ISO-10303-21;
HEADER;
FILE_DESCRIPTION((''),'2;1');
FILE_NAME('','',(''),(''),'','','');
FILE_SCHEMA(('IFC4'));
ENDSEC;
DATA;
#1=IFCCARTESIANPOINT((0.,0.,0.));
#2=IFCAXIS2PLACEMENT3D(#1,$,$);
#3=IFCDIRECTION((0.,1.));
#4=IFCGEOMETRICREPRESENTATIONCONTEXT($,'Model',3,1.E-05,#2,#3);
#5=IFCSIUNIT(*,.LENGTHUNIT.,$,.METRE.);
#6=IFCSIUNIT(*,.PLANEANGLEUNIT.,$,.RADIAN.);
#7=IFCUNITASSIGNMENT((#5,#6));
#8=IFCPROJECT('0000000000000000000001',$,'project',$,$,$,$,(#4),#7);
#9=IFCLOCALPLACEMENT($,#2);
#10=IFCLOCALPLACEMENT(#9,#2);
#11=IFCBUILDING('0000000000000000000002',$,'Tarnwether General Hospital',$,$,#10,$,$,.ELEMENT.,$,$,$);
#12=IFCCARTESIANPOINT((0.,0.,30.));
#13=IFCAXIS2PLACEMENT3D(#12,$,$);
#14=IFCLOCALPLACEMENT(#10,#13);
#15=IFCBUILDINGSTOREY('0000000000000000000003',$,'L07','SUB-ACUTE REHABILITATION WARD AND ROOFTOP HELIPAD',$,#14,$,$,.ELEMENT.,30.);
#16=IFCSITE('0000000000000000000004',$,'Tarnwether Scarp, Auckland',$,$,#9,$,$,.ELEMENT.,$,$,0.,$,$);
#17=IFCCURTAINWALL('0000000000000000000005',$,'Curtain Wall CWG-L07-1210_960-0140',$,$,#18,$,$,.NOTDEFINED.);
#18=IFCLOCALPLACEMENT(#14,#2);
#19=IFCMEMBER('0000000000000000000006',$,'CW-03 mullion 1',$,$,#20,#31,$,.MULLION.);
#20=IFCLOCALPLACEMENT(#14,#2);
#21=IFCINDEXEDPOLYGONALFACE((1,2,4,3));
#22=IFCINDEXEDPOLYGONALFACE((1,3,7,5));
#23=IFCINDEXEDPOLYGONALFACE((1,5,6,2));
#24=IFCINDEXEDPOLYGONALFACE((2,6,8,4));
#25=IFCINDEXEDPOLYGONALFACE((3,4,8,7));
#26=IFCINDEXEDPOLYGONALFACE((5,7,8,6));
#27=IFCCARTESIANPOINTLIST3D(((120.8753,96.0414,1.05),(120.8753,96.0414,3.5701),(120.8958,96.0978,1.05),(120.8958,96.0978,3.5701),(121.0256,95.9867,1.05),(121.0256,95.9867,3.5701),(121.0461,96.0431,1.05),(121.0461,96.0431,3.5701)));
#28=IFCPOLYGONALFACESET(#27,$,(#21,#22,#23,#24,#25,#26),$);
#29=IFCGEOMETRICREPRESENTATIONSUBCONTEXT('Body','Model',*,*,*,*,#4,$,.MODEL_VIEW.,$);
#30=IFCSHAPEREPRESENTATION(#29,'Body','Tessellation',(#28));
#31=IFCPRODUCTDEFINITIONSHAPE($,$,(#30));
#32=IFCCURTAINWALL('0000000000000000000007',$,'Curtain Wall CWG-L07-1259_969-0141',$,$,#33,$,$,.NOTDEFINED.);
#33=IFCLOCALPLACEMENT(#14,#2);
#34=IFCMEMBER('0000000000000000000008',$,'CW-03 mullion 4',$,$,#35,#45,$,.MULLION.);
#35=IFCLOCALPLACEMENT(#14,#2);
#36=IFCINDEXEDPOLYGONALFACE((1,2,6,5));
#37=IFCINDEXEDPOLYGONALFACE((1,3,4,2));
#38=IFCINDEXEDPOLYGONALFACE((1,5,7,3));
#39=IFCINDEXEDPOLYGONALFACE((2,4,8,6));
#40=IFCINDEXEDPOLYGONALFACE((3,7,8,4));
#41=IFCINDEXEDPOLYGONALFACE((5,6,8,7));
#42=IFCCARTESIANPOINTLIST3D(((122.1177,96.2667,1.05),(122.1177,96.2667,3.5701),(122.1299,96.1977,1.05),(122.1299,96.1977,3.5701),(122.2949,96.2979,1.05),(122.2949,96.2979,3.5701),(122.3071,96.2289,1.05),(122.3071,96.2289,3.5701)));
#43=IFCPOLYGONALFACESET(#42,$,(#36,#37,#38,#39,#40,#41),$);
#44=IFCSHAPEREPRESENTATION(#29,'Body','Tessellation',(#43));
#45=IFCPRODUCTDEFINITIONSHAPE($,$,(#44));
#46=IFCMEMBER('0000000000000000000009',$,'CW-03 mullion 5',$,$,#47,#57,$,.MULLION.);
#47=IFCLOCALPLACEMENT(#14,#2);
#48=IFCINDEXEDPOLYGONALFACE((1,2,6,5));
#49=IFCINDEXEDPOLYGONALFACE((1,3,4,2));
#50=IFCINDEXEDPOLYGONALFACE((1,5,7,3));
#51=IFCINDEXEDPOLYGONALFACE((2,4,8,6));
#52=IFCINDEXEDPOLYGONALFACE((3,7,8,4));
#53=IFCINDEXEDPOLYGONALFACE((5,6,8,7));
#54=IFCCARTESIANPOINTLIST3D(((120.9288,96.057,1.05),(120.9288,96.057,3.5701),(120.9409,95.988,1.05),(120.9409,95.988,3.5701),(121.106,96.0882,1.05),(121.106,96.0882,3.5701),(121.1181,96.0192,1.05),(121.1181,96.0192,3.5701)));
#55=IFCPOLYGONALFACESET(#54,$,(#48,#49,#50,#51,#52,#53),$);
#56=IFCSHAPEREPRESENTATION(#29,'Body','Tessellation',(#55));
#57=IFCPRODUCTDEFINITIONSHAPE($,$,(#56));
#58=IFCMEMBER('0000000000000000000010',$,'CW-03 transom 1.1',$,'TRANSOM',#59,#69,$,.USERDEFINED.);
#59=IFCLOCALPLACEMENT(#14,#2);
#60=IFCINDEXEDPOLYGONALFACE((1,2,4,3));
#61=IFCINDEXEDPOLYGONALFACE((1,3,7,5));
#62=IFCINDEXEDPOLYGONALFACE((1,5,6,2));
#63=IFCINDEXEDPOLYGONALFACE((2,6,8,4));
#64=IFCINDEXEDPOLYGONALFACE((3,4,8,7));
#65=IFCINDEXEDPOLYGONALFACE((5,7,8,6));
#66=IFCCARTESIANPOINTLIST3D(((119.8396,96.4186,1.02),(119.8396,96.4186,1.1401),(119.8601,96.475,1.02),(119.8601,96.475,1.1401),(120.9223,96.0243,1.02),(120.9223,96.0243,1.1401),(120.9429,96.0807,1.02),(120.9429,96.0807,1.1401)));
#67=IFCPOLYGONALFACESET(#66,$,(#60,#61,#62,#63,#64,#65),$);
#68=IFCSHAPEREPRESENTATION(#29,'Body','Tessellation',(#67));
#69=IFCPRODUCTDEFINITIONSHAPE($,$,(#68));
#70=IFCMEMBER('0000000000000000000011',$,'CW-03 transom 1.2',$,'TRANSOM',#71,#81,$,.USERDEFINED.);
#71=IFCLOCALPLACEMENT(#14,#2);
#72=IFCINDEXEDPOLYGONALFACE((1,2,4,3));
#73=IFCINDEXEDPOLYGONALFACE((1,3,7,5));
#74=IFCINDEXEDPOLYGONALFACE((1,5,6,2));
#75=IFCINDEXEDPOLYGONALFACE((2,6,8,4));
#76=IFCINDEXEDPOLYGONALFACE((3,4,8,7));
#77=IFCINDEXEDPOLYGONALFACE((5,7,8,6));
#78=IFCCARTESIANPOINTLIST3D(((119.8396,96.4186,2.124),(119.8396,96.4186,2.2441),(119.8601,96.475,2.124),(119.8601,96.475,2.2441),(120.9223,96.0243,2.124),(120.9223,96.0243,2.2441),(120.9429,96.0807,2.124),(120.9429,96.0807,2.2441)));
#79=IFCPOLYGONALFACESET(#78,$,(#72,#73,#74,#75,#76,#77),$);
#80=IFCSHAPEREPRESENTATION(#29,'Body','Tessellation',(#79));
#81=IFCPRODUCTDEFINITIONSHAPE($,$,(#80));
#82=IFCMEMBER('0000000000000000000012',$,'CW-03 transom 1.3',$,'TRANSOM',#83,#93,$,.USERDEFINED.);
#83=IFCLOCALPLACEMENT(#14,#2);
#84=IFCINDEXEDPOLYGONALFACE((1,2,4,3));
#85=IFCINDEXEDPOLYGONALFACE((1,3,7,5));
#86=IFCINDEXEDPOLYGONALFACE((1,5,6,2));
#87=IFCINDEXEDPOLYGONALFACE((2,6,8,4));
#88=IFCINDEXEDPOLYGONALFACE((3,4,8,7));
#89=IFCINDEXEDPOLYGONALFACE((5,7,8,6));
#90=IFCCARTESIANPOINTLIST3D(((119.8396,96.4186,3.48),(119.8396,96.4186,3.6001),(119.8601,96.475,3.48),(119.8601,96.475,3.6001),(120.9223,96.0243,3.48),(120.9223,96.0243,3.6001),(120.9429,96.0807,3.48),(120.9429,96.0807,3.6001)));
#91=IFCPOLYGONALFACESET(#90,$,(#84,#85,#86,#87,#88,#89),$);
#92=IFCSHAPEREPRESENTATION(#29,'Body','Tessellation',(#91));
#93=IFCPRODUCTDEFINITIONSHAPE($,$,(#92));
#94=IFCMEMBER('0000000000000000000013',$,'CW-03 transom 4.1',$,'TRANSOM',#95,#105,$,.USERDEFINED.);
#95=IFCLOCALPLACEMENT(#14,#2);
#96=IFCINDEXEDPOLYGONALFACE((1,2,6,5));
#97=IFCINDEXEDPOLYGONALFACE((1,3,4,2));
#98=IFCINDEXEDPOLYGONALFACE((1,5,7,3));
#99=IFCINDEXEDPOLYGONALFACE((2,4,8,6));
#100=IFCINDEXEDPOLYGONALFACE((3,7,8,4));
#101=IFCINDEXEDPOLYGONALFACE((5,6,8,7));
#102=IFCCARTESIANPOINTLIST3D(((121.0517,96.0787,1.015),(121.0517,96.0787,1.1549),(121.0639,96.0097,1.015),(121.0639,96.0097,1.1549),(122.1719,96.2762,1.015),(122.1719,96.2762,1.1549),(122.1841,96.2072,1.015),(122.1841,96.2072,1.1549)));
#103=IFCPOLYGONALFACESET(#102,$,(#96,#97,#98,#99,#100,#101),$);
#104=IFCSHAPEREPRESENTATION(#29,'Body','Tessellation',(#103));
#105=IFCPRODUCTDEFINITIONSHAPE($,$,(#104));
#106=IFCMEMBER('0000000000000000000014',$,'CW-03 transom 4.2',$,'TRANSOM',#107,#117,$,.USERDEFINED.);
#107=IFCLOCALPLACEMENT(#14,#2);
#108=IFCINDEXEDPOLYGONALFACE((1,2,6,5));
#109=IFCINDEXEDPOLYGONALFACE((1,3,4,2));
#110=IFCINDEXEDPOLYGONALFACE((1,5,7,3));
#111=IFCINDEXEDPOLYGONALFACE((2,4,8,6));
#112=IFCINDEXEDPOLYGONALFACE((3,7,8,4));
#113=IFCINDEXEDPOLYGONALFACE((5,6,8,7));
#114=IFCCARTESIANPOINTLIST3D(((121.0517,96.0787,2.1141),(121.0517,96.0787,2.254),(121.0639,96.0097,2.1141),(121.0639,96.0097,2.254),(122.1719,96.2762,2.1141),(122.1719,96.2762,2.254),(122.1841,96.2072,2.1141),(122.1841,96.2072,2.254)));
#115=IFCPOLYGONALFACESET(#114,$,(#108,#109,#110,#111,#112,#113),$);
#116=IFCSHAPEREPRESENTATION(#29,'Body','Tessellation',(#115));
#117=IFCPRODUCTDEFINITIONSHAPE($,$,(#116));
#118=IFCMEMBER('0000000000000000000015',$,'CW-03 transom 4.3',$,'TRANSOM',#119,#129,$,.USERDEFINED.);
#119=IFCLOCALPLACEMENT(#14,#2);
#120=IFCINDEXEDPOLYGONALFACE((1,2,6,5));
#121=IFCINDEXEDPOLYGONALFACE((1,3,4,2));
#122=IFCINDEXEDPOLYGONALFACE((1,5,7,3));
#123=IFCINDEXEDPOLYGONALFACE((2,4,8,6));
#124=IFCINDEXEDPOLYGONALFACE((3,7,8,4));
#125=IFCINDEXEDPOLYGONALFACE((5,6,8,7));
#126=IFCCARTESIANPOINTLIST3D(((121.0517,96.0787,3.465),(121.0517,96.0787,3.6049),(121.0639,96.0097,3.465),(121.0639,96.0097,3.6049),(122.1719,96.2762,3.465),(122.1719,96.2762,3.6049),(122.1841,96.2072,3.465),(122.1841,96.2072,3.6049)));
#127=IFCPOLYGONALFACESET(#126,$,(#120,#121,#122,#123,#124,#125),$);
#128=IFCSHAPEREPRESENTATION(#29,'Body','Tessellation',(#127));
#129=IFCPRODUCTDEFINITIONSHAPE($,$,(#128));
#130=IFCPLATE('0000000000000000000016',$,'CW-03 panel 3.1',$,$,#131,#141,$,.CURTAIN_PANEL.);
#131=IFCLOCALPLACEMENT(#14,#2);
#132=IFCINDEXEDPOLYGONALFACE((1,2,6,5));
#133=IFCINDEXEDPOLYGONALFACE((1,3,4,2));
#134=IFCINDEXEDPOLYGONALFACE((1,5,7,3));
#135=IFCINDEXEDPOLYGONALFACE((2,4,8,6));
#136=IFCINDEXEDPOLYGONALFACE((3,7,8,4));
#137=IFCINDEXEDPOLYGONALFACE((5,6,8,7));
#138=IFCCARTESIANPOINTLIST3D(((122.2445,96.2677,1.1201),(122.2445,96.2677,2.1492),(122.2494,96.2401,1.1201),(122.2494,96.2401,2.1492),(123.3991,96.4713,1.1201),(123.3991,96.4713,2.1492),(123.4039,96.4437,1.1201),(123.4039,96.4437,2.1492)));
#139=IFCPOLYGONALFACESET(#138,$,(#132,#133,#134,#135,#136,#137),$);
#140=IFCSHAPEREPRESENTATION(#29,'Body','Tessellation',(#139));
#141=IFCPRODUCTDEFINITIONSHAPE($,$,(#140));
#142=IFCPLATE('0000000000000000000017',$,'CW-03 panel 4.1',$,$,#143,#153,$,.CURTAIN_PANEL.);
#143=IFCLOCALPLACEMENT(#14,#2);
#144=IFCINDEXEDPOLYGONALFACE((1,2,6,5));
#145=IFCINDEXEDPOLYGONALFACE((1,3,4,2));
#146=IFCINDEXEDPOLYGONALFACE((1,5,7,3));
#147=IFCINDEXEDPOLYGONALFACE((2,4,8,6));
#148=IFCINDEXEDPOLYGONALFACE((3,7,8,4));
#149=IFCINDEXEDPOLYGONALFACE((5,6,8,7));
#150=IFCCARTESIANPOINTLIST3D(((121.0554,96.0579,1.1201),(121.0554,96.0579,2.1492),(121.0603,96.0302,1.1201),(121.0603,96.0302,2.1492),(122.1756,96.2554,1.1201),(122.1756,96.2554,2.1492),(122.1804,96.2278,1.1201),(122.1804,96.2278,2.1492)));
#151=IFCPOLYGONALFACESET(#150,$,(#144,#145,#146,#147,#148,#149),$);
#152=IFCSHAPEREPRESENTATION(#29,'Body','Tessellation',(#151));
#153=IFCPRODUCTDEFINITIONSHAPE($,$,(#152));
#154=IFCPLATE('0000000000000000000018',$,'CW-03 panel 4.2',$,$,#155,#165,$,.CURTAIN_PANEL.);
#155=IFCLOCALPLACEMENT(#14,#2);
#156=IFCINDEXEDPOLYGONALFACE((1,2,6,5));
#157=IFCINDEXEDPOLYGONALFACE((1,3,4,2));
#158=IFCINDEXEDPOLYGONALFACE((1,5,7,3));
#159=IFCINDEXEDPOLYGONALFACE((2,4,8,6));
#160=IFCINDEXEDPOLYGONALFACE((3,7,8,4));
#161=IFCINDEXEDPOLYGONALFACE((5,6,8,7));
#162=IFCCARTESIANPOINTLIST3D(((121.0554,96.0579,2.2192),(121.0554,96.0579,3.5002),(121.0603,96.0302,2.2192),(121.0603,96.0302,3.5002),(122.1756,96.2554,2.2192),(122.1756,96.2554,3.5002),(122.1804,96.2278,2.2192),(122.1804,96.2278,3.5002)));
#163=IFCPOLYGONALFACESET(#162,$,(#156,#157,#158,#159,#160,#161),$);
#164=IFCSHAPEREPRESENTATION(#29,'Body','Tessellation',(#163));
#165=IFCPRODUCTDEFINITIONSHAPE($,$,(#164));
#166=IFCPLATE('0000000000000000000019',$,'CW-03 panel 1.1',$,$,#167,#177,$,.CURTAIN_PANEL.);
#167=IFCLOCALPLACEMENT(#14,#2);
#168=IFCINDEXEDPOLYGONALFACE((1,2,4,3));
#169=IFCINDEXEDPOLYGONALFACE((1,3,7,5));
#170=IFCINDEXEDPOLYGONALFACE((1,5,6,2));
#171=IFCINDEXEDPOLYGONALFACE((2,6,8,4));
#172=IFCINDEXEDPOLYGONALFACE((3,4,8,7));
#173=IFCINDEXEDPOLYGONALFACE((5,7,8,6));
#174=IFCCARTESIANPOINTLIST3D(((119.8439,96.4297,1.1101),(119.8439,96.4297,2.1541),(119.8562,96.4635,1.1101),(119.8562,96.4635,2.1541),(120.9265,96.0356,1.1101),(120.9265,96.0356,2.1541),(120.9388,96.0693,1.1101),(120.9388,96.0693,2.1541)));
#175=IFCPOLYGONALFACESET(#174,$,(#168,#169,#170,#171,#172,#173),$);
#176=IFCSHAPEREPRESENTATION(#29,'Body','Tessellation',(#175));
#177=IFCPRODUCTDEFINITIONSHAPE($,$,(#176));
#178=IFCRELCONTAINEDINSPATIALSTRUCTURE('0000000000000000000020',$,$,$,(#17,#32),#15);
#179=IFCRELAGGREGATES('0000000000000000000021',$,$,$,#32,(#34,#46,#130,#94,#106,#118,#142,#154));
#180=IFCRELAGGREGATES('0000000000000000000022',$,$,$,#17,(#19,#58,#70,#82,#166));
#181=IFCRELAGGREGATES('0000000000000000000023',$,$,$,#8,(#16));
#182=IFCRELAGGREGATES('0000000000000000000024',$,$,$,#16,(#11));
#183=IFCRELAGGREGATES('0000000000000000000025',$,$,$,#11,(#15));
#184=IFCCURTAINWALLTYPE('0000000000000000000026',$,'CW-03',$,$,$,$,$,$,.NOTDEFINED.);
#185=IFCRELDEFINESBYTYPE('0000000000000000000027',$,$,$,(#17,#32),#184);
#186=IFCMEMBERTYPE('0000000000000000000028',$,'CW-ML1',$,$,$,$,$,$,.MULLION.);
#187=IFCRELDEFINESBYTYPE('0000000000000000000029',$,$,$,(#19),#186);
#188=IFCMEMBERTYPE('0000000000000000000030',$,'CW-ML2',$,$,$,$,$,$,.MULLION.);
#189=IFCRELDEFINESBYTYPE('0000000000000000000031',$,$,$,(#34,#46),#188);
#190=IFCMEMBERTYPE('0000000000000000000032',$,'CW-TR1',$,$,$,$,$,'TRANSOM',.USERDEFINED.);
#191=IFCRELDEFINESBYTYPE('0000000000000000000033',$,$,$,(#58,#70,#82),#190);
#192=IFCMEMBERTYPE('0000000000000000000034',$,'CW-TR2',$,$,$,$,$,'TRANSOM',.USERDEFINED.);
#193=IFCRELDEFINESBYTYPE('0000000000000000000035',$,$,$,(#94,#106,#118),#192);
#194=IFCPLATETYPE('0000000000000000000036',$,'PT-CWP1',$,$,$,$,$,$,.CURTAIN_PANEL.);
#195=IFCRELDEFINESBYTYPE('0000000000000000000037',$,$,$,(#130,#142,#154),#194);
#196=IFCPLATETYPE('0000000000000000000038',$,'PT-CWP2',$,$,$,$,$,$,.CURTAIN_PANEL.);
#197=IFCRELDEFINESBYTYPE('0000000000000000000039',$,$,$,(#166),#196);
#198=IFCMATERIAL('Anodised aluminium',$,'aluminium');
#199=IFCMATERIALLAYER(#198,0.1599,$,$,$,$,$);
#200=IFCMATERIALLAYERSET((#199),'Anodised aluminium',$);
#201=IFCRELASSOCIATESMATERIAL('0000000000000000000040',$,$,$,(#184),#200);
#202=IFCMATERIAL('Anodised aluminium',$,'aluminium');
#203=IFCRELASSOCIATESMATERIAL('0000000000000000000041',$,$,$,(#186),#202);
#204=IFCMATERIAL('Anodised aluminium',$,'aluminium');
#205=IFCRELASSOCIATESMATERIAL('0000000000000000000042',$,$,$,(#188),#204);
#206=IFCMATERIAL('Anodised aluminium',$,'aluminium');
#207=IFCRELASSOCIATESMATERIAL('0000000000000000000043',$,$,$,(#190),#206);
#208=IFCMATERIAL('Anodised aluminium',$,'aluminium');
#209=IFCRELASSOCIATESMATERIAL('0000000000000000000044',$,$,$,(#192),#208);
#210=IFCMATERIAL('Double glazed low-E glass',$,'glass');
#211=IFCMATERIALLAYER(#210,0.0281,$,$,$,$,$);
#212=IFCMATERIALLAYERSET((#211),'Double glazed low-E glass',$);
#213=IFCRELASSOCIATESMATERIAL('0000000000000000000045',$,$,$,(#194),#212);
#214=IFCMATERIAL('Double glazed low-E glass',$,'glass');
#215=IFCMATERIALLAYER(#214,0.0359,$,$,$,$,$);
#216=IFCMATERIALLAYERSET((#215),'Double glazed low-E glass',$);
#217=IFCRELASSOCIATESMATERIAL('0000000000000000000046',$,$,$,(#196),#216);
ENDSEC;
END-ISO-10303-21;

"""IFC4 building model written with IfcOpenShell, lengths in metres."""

from ifc_helpers import new_model, si_unit, direction, frame, origin, origin_2d, place, context, subcontext, project, spatial, rectangle, extrude, material, layer, layer_set, material_profile, profile_set, type_object, element, aggregate, save


model = new_model("IFC4")

# Units and contexts
model_context = context("Model", 3, precision=1e-05, world=origin(), true_north=direction((0.0, 1.0)))
body_context = subcontext(model_context, "Body", "Model", "MODEL_VIEW")
ifc_project = project(units=[si_unit("LENGTHUNIT", "METRE"), si_unit("PLANEANGLEUNIT", "RADIAN")], contexts=[model_context])

# Site, building, storey
site_placement = place(None, origin())
site = spatial("IfcSite", under=ifc_project, at=site_placement, Name="Tarnwether Scarp, Auckland", CompositionType="ELEMENT", RefElevation=0.0)
building_placement = place(site_placement, origin())
building = spatial("IfcBuilding", under=site, at=building_placement, Name="Tarnwether General Hospital", CompositionType="ELEMENT")
storey_placement = place(building_placement, frame((0.0, 0.0, 30.0)))
storey = spatial("IfcBuildingStorey", under=building, at=storey_placement, Name="L07", Description="SUB-ACUTE REHABILITATION WARD AND ROOFTOP HELIPAD", CompositionType="ELEMENT", Elevation=30.0)

# Curtain wall, member
ifc_material_1 = material(Name="Anodised aluminium", Category="aluminium")
ifc_layer_1 = layer(ifc_material_1, 0.1599)
ifc_layer_set_1 = layer_set([ifc_layer_1], Name="Anodised aluminium")
curtain_wall_type = type_object("IfcCurtainWallType", Name="CW-03", PredefinedType="NOTDEFINED", material=ifc_layer_set_1)
curtain_wall_1_placement = place(storey_placement, origin())
curtain_wall_1 = element("IfcCurtainWall", 1, at=curtain_wall_1_placement, inside=storey, type_object=curtain_wall_type, Name="Curtain Wall CWG-L07-1210_960-0140", PredefinedType="NOTDEFINED")
ifc_material_2 = material(Name="Anodised aluminium", Category="aluminium")
ifc_material_profile_1 = material_profile(ifc_material_2, rectangle(XDim=0.0601, YDim=0.1599, at=origin_2d()), Name="ALU-MUL-60x160")
ifc_profile_set_1 = profile_set([ifc_material_profile_1], Name="Anodised aluminium")
member_type_1 = type_object("IfcMemberType", Name="CW-ML1", PredefinedType="MULLION", material=ifc_profile_set_1)
member_1_placement = place(storey_placement, frame((120.9607, 96.0422, 1.05), z_axis=(0.0, 0.0, 1.0), x_axis=(-0.342131, -0.939652, 0.0)))
member_1 = element("IfcMember", 2, at=member_1_placement, type_object=member_type_1, Name="CW-03 mullion 1", PredefinedType="MULLION", context=body_context, shape_type="SweptSolid", body=[
    extrude(rectangle(XDim=0.0601, YDim=0.1599, at=origin_2d()), origin(), (0.0, 0.0, 1.0), 2.52),
])

# Curtain wall, members
curtain_wall_2_placement = place(storey_placement, origin())
curtain_wall_2 = element("IfcCurtainWall", 3, at=curtain_wall_2_placement, inside=storey, type_object=curtain_wall_type, Name="Curtain Wall CWG-L07-1259_969-0141", PredefinedType="NOTDEFINED")
ifc_material_3 = material(Name="Anodised aluminium", Category="aluminium")
ifc_material_profile_2 = material_profile(ifc_material_3, rectangle(XDim=0.0701, YDim=0.1799, at=origin_2d()), Name="ALU-MUL-70x180")
ifc_profile_set_2 = profile_set([ifc_material_profile_2], Name="Anodised aluminium")
member_type_2 = type_object("IfcMemberType", Name="CW-ML2", PredefinedType="MULLION", material=ifc_profile_set_2)
member_2_placement = place(storey_placement, frame((122.2124, 96.2478, 1.05), z_axis=(0.0, 0.0, 1.0), x_axis=(0.173659, -0.984806, 0.0)))
member_2 = element("IfcMember", 4, at=member_2_placement, type_object=member_type_2, Name="CW-03 mullion 4", PredefinedType="MULLION", context=body_context, shape_type="SweptSolid", body=[
    extrude(rectangle(XDim=0.0701, YDim=0.1799, at=origin_2d()), origin(), (0.0, 0.0, 1.0), 2.52),
])
member_3_placement = place(storey_placement, frame((121.0234, 96.0381, 1.05), z_axis=(0.0, 0.0, 1.0), x_axis=(0.173659, -0.984806, 0.0)))
member_3 = element("IfcMember", 5, at=member_3_placement, type_object=member_type_2, Name="CW-03 mullion 5", PredefinedType="MULLION", context=body_context, shape_type="SweptSolid", body=[
    extrude(rectangle(XDim=0.0701, YDim=0.1799, at=origin_2d()), origin(), (0.0, 0.0, 1.0), 2.52),
])

# Members
ifc_material_4 = material(Name="Anodised aluminium", Category="aluminium")
ifc_material_profile_3 = material_profile(ifc_material_4, rectangle(XDim=0.0601, YDim=0.1201, at=origin_2d()), Name="ALU-TRN-60x120")
ifc_profile_set_3 = profile_set([ifc_material_profile_3], Name="Anodised aluminium")
member_type_3 = type_object("IfcMemberType", Name="CW-TR1", ElementType="TRANSOM", PredefinedType="USERDEFINED", material=ifc_profile_set_3)
member_4_placement = place(storey_placement, frame((120.9326, 96.0525, 1.0801), z_axis=(-0.939639, 0.342168, 0.0), x_axis=(-0.342168, -0.939639, 0.0)))
member_4 = element("IfcMember", 6, at=member_4_placement, type_object=member_type_3, Name="CW-03 transom 1.1", ObjectType="TRANSOM", PredefinedType="USERDEFINED", context=body_context, shape_type="SweptSolid", body=[
    extrude(rectangle(XDim=0.0601, YDim=0.1201, at=origin_2d()), origin(), (0.0, 0.0, 1.0), 1.1523),
])
member_5_placement = place(storey_placement, frame((120.9326, 96.0525, 2.1841), z_axis=(-0.939639, 0.342168, 0.0), x_axis=(-0.342168, -0.939639, 0.0)))
member_5 = element("IfcMember", 7, at=member_5_placement, type_object=member_type_3, Name="CW-03 transom 1.2", ObjectType="TRANSOM", PredefinedType="USERDEFINED", context=body_context, shape_type="SweptSolid", body=[
    extrude(rectangle(XDim=0.0601, YDim=0.1201, at=origin_2d()), origin(), (0.0, 0.0, 1.0), 1.1523),
])
member_6_placement = place(storey_placement, frame((120.9326, 96.0525, 3.54), z_axis=(-0.939639, 0.342168, 0.0), x_axis=(-0.342168, -0.939639, 0.0)))
member_6 = element("IfcMember", 8, at=member_6_placement, type_object=member_type_3, Name="CW-03 transom 1.3", ObjectType="TRANSOM", PredefinedType="USERDEFINED", context=body_context, shape_type="SweptSolid", body=[
    extrude(rectangle(XDim=0.0601, YDim=0.1201, at=origin_2d()), origin(), (0.0, 0.0, 1.0), 1.1523),
])
ifc_material_5 = material(Name="Anodised aluminium", Category="aluminium")
ifc_material_profile_4 = material_profile(ifc_material_5, rectangle(XDim=0.0701, YDim=0.1399, at=origin_2d()), Name="ALU-TRN-70x140")
ifc_profile_set_4 = profile_set([ifc_material_profile_4], Name="Anodised aluminium")
member_type_4 = type_object("IfcMemberType", Name="CW-TR2", ElementType="TRANSOM", PredefinedType="USERDEFINED", material=ifc_profile_set_4)
member_7_placement = place(storey_placement, frame((122.178, 96.2417, 1.085), z_axis=(-0.984807, -0.173651, 0.0), x_axis=(0.173651, -0.984807, 0.0)))
member_7 = element("IfcMember", 9, at=member_7_placement, type_object=member_type_4, Name="CW-03 transom 4.1", ObjectType="TRANSOM", PredefinedType="USERDEFINED", context=body_context, shape_type="SweptSolid", body=[
    extrude(rectangle(XDim=0.0701, YDim=0.1399, at=origin_2d()), origin(), (0.0, 0.0, 1.0), 1.1375),
])
member_8_placement = place(storey_placement, frame((122.178, 96.2417, 2.1841), z_axis=(-0.984807, -0.173651, 0.0), x_axis=(0.173651, -0.984807, 0.0)))
member_8 = element("IfcMember", 10, at=member_8_placement, type_object=member_type_4, Name="CW-03 transom 4.2", ObjectType="TRANSOM", PredefinedType="USERDEFINED", context=body_context, shape_type="SweptSolid", body=[
    extrude(rectangle(XDim=0.0701, YDim=0.1399, at=origin_2d()), origin(), (0.0, 0.0, 1.0), 1.1375),
])
member_9_placement = place(storey_placement, frame((122.178, 96.2417, 3.5349), z_axis=(-0.984807, -0.173651, 0.0), x_axis=(0.173651, -0.984807, 0.0)))
member_9 = element("IfcMember", 11, at=member_9_placement, type_object=member_type_4, Name="CW-03 transom 4.3", ObjectType="TRANSOM", PredefinedType="USERDEFINED", context=body_context, shape_type="SweptSolid", body=[
    extrude(rectangle(XDim=0.0701, YDim=0.1399, at=origin_2d()), origin(), (0.0, 0.0, 1.0), 1.1375),
])

# Plates
ifc_material_6 = material(Name="Double glazed low-E glass", Category="glass")
ifc_layer_2 = layer(ifc_material_6, 0.0281)
ifc_layer_set_2 = layer_set([ifc_layer_2], Name="Double glazed low-E glass")
plate_type_1 = type_object("IfcPlateType", Name="PT-CWP1", PredefinedType="CURTAIN_PANEL", material=ifc_layer_set_2)
plate_1_placement = place(storey_placement, frame((122.8242, 96.3557, 1.1201), z_axis=(0.0, 0.0, 1.0), x_axis=(-0.984806, -0.173659, 0.0)))
plate_1 = element("IfcPlate", 12, at=plate_1_placement, type_object=plate_type_1, Name="CW-03 panel 3.1", PredefinedType="CURTAIN_PANEL", context=body_context, shape_type="SweptSolid", body=[
    extrude(rectangle(XDim=1.1724, YDim=0.0281, at=origin_2d()), origin(), (0.0, 0.0, 1.0), 1.0291),
])
plate_2_placement = place(storey_placement, frame((121.6179, 96.1428, 1.1201), z_axis=(0.0, 0.0, 1.0), x_axis=(-0.984806, -0.173659, 0.0)))
plate_2 = element("IfcPlate", 13, at=plate_2_placement, type_object=plate_type_1, Name="CW-03 panel 4.1", PredefinedType="CURTAIN_PANEL", context=body_context, shape_type="SweptSolid", body=[
    extrude(rectangle(XDim=1.1375, YDim=0.0281, at=origin_2d()), origin(), (0.0, 0.0, 1.0), 1.0291),
])
plate_3_placement = place(storey_placement, frame((121.6179, 96.1428, 2.2192), z_axis=(0.0, 0.0, 1.0), x_axis=(-0.984806, -0.173659, 0.0)))
plate_3 = element("IfcPlate", 14, at=plate_3_placement, type_object=plate_type_1, Name="CW-03 panel 4.2", PredefinedType="CURTAIN_PANEL", context=body_context, shape_type="SweptSolid", body=[
    extrude(rectangle(XDim=1.1375, YDim=0.0281, at=origin_2d()), origin(), (0.0, 0.0, 1.0), 1.281),
])
aggregate(curtain_wall_2, [member_2, member_3, plate_1, member_7, member_8, member_9, plate_2, plate_3])
ifc_material_7 = material(Name="Double glazed low-E glass", Category="glass")
ifc_layer_3 = layer(ifc_material_7, 0.0359)
ifc_layer_set_3 = layer_set([ifc_layer_3], Name="Double glazed low-E glass")
plate_type_2 = type_object("IfcPlateType", Name="PT-CWP2", PredefinedType="CURTAIN_PANEL", material=ifc_layer_set_3)
plate_4_placement = place(storey_placement, frame((120.3914, 96.2495, 1.1101), z_axis=(0.0, 0.0, 1.0), x_axis=(-0.939652, 0.342131, 0.0)))
plate_4 = element("IfcPlate", 15, at=plate_4_placement, type_object=plate_type_2, Name="CW-03 panel 1.1", PredefinedType="CURTAIN_PANEL", context=body_context, shape_type="SweptSolid", body=[
    extrude(rectangle(XDim=1.1521, YDim=0.0359, at=origin_2d()), origin(), (0.0, 0.0, 1.0), 1.0439),
])
aggregate(curtain_wall_1, [member_1, member_4, member_5, member_6, plate_4])

save(model, "model.ifc")
